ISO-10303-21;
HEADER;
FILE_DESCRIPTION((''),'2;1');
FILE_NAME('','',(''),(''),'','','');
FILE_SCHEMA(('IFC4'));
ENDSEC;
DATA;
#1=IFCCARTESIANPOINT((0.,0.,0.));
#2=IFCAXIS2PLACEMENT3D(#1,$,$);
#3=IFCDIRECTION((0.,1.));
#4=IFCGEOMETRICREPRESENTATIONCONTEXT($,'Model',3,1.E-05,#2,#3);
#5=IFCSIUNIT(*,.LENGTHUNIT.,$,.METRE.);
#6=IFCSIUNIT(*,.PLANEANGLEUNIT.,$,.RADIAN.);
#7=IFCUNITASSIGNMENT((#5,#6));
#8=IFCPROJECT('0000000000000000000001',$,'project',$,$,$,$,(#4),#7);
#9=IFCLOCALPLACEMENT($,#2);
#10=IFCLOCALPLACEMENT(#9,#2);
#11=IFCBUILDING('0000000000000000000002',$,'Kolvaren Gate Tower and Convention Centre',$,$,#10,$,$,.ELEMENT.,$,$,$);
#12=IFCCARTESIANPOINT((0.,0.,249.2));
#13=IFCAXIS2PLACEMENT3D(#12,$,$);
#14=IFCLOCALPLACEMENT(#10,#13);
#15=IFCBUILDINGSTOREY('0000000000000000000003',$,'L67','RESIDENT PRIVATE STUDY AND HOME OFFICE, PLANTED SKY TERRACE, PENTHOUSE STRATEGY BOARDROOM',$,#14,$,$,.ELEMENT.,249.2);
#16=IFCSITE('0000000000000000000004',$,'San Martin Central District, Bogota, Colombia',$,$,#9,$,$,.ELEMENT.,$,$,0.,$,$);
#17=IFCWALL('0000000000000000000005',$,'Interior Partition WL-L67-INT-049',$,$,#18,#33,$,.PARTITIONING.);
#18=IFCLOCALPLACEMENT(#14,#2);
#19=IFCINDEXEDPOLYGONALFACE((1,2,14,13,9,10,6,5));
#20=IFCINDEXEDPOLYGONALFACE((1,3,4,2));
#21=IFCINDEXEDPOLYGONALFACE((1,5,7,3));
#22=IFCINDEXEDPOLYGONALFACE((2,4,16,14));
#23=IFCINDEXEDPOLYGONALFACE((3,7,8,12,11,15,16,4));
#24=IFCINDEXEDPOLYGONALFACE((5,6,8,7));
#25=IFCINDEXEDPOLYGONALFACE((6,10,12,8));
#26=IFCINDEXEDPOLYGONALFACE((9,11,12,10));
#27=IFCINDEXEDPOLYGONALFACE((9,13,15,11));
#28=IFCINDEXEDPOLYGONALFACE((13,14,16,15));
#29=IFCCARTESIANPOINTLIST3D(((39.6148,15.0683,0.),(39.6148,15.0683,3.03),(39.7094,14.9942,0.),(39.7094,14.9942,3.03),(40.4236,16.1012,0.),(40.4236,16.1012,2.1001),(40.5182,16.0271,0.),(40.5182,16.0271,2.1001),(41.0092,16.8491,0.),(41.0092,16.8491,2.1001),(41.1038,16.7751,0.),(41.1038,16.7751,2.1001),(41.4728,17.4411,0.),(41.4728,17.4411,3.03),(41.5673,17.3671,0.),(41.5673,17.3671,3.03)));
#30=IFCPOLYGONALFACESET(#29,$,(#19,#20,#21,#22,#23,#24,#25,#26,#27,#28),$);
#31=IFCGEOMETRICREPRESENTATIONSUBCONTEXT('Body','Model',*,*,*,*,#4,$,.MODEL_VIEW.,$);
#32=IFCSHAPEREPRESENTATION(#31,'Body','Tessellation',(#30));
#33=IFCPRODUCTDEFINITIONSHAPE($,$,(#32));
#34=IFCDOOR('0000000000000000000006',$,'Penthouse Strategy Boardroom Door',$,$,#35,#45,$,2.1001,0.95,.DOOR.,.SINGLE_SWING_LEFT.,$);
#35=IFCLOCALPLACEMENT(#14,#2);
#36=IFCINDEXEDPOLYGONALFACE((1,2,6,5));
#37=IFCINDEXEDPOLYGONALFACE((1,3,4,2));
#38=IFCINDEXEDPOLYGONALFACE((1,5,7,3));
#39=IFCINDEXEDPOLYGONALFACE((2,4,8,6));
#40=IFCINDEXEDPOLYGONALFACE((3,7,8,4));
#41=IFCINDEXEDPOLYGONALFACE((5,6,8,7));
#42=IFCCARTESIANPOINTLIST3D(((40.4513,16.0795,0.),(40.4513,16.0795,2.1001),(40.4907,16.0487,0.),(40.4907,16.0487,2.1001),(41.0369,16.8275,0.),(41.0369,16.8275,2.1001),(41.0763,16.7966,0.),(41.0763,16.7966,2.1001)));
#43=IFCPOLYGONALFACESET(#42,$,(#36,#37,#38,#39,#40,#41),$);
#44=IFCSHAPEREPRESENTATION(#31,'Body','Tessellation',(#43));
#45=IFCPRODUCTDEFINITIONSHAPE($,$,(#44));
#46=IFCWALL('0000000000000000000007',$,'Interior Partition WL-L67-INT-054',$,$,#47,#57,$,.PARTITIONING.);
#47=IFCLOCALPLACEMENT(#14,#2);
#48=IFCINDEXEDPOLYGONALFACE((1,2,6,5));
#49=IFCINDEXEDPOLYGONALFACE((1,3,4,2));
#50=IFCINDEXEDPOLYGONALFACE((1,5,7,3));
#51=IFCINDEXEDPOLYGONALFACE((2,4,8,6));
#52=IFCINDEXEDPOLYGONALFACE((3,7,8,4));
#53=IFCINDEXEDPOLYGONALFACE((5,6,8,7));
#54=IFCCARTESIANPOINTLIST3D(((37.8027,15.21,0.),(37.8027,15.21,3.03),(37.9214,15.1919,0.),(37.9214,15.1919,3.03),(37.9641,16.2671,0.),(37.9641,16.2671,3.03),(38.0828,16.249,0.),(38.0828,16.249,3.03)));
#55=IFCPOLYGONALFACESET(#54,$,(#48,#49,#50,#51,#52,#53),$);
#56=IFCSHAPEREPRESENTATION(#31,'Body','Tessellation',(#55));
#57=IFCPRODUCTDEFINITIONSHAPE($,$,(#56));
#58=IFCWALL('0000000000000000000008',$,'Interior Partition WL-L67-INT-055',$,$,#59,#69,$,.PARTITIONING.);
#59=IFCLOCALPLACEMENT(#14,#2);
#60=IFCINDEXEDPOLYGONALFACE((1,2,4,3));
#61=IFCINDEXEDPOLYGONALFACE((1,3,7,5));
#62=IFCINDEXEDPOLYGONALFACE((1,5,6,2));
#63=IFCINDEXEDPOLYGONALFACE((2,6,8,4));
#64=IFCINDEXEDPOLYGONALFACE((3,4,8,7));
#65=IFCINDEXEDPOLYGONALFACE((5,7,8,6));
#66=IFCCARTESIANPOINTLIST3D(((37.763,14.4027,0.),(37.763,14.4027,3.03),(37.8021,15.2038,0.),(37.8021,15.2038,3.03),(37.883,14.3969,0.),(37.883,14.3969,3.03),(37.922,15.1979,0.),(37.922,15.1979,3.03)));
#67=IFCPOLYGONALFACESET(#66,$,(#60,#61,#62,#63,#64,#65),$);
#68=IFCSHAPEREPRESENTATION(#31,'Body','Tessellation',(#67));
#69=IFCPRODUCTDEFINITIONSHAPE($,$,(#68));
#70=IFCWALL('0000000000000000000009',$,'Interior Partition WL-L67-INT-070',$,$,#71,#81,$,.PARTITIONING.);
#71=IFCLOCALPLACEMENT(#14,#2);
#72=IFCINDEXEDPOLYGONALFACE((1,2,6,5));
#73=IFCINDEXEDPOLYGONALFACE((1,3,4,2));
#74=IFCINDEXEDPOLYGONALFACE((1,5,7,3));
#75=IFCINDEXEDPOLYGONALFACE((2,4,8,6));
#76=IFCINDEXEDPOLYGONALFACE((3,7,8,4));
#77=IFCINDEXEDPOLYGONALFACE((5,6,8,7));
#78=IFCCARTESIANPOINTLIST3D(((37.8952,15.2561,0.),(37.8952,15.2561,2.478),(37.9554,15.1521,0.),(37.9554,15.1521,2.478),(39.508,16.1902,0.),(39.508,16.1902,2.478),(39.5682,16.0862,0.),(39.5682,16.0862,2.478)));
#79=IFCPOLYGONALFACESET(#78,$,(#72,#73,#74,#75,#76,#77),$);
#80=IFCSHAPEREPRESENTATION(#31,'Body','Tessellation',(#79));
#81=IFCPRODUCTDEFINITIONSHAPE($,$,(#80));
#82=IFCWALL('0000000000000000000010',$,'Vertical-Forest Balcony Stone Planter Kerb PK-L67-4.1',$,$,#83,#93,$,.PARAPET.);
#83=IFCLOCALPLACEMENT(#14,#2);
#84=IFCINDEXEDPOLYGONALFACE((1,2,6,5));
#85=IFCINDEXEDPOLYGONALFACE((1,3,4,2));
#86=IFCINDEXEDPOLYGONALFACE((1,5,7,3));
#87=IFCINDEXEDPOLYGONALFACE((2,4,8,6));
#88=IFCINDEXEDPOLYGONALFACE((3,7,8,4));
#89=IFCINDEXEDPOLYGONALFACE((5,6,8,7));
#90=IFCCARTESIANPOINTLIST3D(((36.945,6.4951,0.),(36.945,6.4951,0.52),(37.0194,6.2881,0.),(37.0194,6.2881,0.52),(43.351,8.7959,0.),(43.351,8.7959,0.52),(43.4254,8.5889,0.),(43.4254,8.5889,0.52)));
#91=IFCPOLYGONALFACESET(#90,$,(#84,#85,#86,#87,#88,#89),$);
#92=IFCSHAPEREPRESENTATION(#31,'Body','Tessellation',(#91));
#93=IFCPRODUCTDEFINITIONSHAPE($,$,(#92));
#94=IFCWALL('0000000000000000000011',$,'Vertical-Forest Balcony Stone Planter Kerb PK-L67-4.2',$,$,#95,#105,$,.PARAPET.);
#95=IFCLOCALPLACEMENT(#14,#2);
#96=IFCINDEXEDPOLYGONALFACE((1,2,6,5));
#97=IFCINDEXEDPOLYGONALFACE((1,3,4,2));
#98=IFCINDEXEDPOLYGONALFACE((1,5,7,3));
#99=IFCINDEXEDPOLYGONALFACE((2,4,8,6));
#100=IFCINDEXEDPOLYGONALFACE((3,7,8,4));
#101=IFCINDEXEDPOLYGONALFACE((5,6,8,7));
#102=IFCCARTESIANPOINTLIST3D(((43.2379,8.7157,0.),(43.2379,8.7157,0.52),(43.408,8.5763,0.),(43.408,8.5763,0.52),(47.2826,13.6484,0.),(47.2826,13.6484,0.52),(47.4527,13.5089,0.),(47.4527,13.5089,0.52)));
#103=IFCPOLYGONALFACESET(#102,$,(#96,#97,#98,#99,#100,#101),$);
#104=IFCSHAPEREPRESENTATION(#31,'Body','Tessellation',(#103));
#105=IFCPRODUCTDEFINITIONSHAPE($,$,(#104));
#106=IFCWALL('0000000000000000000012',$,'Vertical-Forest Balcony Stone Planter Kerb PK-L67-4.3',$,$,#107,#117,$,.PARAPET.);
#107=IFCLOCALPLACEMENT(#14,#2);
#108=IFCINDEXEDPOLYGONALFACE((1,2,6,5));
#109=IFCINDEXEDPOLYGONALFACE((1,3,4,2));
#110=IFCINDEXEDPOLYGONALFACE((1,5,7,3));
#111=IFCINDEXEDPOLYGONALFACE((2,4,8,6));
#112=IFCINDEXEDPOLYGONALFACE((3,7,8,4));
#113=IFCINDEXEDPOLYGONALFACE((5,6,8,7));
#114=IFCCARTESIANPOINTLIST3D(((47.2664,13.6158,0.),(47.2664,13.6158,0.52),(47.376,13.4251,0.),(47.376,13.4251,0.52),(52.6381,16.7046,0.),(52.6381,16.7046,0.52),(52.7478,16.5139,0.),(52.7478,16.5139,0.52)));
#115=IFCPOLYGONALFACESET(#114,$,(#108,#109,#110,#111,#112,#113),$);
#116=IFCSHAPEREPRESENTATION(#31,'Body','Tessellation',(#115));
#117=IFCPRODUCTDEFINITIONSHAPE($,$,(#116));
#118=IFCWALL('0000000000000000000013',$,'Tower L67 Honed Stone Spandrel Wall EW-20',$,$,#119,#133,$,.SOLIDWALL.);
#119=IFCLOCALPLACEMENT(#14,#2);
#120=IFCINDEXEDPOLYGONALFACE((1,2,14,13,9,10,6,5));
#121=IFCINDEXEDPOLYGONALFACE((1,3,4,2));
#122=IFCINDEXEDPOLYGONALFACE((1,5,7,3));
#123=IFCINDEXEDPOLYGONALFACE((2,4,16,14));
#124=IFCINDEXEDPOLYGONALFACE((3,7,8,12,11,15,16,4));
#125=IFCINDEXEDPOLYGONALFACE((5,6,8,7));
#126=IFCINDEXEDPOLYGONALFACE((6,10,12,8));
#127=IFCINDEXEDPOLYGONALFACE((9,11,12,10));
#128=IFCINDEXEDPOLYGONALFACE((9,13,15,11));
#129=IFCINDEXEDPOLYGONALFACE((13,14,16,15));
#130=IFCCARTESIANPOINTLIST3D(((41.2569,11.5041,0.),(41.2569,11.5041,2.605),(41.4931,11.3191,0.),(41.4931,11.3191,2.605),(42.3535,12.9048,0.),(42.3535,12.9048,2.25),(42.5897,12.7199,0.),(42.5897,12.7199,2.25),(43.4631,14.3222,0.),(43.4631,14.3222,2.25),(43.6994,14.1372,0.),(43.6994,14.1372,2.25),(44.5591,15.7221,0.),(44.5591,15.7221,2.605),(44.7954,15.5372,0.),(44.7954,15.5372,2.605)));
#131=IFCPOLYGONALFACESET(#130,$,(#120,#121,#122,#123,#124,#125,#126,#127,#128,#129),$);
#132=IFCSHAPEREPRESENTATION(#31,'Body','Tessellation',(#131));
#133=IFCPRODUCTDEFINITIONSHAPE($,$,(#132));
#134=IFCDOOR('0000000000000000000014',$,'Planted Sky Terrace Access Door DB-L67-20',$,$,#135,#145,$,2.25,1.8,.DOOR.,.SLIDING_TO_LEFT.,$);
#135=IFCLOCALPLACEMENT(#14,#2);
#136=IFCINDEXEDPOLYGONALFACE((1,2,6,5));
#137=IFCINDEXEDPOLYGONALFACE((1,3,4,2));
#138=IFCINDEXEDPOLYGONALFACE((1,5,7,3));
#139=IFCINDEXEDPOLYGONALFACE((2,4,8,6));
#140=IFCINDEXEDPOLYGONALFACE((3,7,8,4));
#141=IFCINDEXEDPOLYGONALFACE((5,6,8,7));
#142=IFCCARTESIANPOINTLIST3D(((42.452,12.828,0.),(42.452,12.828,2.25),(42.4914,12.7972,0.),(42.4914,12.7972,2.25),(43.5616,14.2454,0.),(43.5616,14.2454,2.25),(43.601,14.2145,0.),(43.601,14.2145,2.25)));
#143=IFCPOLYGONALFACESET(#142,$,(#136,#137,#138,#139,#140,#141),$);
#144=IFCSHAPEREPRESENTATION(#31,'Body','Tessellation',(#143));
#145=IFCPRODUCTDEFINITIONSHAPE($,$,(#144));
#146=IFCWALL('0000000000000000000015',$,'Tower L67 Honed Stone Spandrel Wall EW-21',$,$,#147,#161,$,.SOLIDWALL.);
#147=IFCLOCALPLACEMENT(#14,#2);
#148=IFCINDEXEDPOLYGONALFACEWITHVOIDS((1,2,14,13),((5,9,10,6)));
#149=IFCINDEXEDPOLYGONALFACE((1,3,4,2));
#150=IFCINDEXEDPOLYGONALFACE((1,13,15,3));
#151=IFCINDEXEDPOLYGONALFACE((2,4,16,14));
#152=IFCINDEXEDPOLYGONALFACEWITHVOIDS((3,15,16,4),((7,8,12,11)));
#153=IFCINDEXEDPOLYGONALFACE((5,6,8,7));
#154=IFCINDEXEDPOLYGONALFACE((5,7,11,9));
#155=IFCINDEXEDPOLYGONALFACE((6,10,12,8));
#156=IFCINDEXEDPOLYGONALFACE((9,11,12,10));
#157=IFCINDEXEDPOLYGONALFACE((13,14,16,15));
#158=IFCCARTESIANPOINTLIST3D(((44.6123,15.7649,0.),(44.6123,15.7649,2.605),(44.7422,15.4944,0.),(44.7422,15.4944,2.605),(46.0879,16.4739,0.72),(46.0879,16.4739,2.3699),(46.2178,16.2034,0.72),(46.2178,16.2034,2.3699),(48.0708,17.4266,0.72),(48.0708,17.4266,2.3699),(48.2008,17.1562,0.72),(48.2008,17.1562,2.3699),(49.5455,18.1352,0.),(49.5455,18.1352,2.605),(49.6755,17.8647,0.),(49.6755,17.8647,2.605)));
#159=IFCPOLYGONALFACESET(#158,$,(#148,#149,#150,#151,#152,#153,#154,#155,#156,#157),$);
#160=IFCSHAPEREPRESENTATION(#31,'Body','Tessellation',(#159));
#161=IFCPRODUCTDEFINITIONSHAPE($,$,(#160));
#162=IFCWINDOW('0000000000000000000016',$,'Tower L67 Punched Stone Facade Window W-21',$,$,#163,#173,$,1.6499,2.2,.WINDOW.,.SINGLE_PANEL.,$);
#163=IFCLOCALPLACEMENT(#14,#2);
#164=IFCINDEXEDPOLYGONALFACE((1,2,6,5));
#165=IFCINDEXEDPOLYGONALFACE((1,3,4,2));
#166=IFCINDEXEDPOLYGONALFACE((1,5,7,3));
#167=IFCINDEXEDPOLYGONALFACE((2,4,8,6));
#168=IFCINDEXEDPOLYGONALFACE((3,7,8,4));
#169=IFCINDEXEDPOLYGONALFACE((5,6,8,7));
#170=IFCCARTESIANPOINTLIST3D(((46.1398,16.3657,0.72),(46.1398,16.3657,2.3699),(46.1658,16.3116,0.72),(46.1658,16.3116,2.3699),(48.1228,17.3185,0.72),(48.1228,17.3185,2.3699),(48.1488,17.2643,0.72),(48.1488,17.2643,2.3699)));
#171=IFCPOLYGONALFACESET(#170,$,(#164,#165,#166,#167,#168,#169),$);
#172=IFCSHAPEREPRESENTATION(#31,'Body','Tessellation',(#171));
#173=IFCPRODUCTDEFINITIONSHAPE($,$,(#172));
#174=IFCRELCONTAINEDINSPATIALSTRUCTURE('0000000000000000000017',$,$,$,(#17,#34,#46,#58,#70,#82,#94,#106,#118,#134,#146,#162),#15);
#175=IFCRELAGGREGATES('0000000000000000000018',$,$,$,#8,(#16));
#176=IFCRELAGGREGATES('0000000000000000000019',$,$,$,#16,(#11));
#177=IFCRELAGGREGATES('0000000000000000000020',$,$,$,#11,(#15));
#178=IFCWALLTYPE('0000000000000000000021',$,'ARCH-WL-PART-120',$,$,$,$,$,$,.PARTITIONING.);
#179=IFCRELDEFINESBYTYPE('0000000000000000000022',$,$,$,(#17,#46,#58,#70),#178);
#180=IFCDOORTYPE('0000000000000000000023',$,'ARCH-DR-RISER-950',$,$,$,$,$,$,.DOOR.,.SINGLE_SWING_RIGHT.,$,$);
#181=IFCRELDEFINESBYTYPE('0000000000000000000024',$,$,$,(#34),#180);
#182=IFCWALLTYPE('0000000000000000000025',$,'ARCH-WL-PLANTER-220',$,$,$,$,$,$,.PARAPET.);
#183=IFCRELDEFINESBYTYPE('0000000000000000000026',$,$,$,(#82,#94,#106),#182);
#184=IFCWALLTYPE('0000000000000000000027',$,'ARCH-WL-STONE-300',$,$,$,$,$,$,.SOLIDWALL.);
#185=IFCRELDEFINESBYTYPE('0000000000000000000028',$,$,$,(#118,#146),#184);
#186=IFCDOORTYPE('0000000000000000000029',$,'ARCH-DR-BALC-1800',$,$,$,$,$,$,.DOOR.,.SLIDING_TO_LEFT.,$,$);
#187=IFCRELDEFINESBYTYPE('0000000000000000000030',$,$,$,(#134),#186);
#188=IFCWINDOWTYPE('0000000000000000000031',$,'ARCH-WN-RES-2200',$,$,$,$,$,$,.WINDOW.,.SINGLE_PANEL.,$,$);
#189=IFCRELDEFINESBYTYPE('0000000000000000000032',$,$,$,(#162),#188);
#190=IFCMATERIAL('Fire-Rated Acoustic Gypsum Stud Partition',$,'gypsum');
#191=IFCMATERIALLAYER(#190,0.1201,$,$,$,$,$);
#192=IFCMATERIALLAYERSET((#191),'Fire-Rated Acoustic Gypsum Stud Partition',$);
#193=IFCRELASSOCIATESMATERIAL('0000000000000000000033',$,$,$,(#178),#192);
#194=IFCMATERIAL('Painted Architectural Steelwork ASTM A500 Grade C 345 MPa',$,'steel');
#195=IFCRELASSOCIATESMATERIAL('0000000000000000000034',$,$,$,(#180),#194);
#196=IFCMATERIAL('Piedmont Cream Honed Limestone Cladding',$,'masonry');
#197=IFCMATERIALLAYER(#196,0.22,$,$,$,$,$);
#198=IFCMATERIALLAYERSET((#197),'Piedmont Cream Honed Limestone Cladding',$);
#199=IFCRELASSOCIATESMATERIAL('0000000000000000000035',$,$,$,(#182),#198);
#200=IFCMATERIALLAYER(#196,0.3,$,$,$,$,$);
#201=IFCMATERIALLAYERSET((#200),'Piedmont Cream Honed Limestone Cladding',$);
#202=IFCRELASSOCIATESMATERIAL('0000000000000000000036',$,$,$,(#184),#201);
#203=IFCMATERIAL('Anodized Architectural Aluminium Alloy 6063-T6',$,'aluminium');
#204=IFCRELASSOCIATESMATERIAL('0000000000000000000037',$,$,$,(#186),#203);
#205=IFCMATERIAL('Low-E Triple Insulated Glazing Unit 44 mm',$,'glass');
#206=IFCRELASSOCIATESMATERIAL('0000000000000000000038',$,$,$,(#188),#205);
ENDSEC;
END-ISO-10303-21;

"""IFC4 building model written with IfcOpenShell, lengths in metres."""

from ifc_helpers import new_model, si_unit, direction, frame, frame_2d, origin, place, context, subcontext, project, spatial, rectangle, extrude, material, layer, layer_set, type_object, element, fill, save


model = new_model("IFC4")

# Units and contexts
model_context = context("Model", 3, precision=1e-05, world=origin(), true_north=direction((0.0, 1.0)))
body_context = subcontext(model_context, "Body", "Model", "MODEL_VIEW")
ifc_project = project(units=[si_unit("LENGTHUNIT", "METRE"), si_unit("PLANEANGLEUNIT", "RADIAN")], contexts=[model_context])

# Site, building, storey
site_placement = place(None, origin())
site = spatial("IfcSite", under=ifc_project, at=site_placement, Name="San Martin Central District, Bogota, Colombia", CompositionType="ELEMENT", RefElevation=0.0)
building_placement = place(site_placement, origin())
building = spatial("IfcBuilding", under=site, at=building_placement, Name="Kolvaren Gate Tower and Convention Centre", CompositionType="ELEMENT")
storey_placement = place(building_placement, frame((0.0, 0.0, 249.2)))
storey = spatial("IfcBuildingStorey", under=building, at=storey_placement, Name="L67", Description="RESIDENT PRIVATE STUDY AND HOME OFFICE, PLANTED SKY TERRACE, PENTHOUSE STRATEGY BOARDROOM", CompositionType="ELEMENT", Elevation=249.2)

# Shared definitions
ifc_material_1 = material(Name="Fire-Rated Acoustic Gypsum Stud Partition", Category="gypsum")
ifc_layer_1 = layer(ifc_material_1, 0.1201)
ifc_layer_set_1 = layer_set([ifc_layer_1], Name="Fire-Rated Acoustic Gypsum Stud Partition")
wall_type_1 = type_object("IfcWallType", Name="ARCH-WL-PART-120", PredefinedType="PARTITIONING", material=ifc_layer_set_1)

# Wall, opening, door
wall_1_placement = place(storey_placement, frame((39.6621, 15.0312, 0.0), z_axis=(0.0, 0.0, 1.0), x_axis=(0.6165, 0.787355, 0.0)))
wall_1 = element("IfcWall", 1, at=wall_1_placement, inside=storey, type_object=wall_type_1, Name="Interior Partition WL-L67-INT-049", PredefinedType="PARTITIONING", context=body_context, shape_type="SweptSolid", body=[
    extrude(rectangle(XDim=3.0137, YDim=0.1201, at=frame_2d((1.5068, 0.0))), origin(), (0.0, 0.0, 1.0), 3.03),
])
opening_1_placement = place(wall_1_placement, frame((1.3118, 0.0, 0.0)))
opening_1 = element("IfcOpeningElement", 2, at=opening_1_placement, cuts=wall_1, PredefinedType="OPENING", context=body_context, shape_type="SweptSolid", body=[
    extrude(rectangle(XDim=0.95, YDim=2.1001, at=frame_2d((0.4751, 1.05))), frame((0.0, 0.0701, 0.0), z_axis=(0.0, -1.0, 0.0), x_axis=(1.0, 0.0, 0.0)), (0.0, 0.0, 1.0), 0.1401),
])
ifc_material_2 = material(Name="Painted Architectural Steelwork ASTM A500 Grade C 345 MPa", Category="steel")
door_type_1 = type_object("IfcDoorType", Name="ARCH-DR-RISER-950", OperationType="SINGLE_SWING_RIGHT", PredefinedType="DOOR", material=ifc_material_2)
door_1_placement = place(opening_1_placement, origin())
door_1 = element("IfcDoor", 3, at=door_1_placement, inside=storey, type_object=door_type_1, Name="Penthouse Strategy Boardroom Door", OperationType="SINGLE_SWING_LEFT", OverallHeight=2.1001, OverallWidth=0.95, PredefinedType="DOOR", context=body_context, shape_type="SweptSolid", body=[
    extrude(rectangle(XDim=0.95, YDim=2.1001, at=frame_2d((0.4751, 1.05))), frame((0.0, 0.0249, 0.0), z_axis=(0.0, -1.0, 0.0), x_axis=(1.0, 0.0, 0.0)), (0.0, 0.0, 1.0), 0.05),
])
fill(opening_1, door_1)

# Walls
wall_2_placement = place(storey_placement, frame((37.8621, 15.2009, 0.0), z_axis=(0.0, 0.0, 1.0), x_axis=(0.150908, 0.988548, 0.0)))
element("IfcWall", 4, at=wall_2_placement, inside=storey, type_object=wall_type_1, Name="Interior Partition WL-L67-INT-054", PredefinedType="PARTITIONING", context=body_context, shape_type="SweptSolid", body=[
    extrude(rectangle(XDim=1.0693, YDim=0.1201, at=frame_2d((0.5347, 0.0))), origin(), (0.0, 0.0, 1.0), 3.03),
])
wall_3_placement = place(storey_placement, frame((37.823, 14.3999, 0.0), z_axis=(0.0, 0.0, 1.0), x_axis=(0.048708, 0.998813, 0.0)))
element("IfcWall", 5, at=wall_3_placement, inside=storey, type_object=wall_type_1, Name="Interior Partition WL-L67-INT-055", PredefinedType="PARTITIONING", context=body_context, shape_type="SweptSolid", body=[
    extrude(rectangle(XDim=0.802, YDim=0.1201, at=frame_2d((0.4009, 0.0))), origin(), (0.0, 0.0, 1.0), 3.03),
])
wall_4_placement = place(storey_placement, frame((37.9253, 15.2041, 0.0), z_axis=(0.0, 0.0, 1.0), x_axis=(0.865343, 0.501181, 0.0)))
element("IfcWall", 6, at=wall_4_placement, inside=storey, type_object=wall_type_1, Name="Interior Partition WL-L67-INT-070", PredefinedType="PARTITIONING", context=body_context, shape_type="SweptSolid", body=[
    extrude(rectangle(XDim=1.8638, YDim=0.1201, at=frame_2d((0.9319, 0.0))), origin(), (0.0, 0.0, 1.0), 2.478),
])
ifc_material_3 = material(Name="Piedmont Cream Honed Limestone Cladding", Category="masonry")
ifc_layer_2 = layer(ifc_material_3, 0.22)
ifc_layer_set_2 = layer_set([ifc_layer_2], Name="Piedmont Cream Honed Limestone Cladding")
wall_type_2 = type_object("IfcWallType", Name="ARCH-WL-PLANTER-220", PredefinedType="PARAPET", material=ifc_layer_set_2)
wall_5_placement = place(storey_placement, frame((36.9822, 6.3916, 0.0), z_axis=(0.0, 0.0, 1.0), x_axis=(0.941139, 0.33802, 0.0)))
element("IfcWall", 7, at=wall_5_placement, inside=storey, type_object=wall_type_2, Name="Vertical-Forest Balcony Stone Planter Kerb PK-L67-4.1", PredefinedType="PARAPET", context=body_context, shape_type="SweptSolid", body=[
    extrude(rectangle(XDim=6.8066, YDim=0.22, at=frame_2d((3.4033, 0.0))), origin(), (0.0, 0.0, 1.0), 0.52),
])
wall_6_placement = place(storey_placement, frame((43.323, 8.646, 0.0), z_axis=(0.0, 0.0, 1.0), x_axis=(0.634073, 0.773273, 0.0)))
element("IfcWall", 8, at=wall_6_placement, inside=storey, type_object=wall_type_2, Name="Vertical-Forest Balcony Stone Planter Kerb PK-L67-4.2", PredefinedType="PARAPET", context=body_context, shape_type="SweptSolid", body=[
    extrude(rectangle(XDim=6.3789, YDim=0.22, at=frame_2d((3.1895, 0.0))), origin(), (0.0, 0.0, 1.0), 0.52),
])
wall_7_placement = place(storey_placement, frame((47.3213, 13.5205, 0.0), z_axis=(0.0, 0.0, 1.0), x_axis=(0.866902, 0.498479, 0.0)))
element("IfcWall", 9, at=wall_7_placement, inside=storey, type_object=wall_type_2, Name="Vertical-Forest Balcony Stone Planter Kerb PK-L67-4.3", PredefinedType="PARAPET", context=body_context, shape_type="SweptSolid", body=[
    extrude(rectangle(XDim=6.1965, YDim=0.22, at=frame_2d((3.0981, 0.0))), origin(), (0.0, 0.0, 1.0), 0.52),
])

# Wall, opening, door
ifc_layer_3 = layer(ifc_material_3, 0.3)
ifc_layer_set_3 = layer_set([ifc_layer_3], Name="Piedmont Cream Honed Limestone Cladding")
wall_type_3 = type_object("IfcWallType", Name="ARCH-WL-STONE-300", PredefinedType="SOLIDWALL", material=ifc_layer_set_3)
wall_8_placement = place(storey_placement, frame((41.375, 11.4116, 0.0), z_axis=(0.0, 0.0, 1.0), x_axis=(0.616446, 0.787397, 0.0)))
wall_8 = element("IfcWall", 10, at=wall_8_placement, inside=storey, type_object=wall_type_3, Name="Tower L67 Honed Stone Spandrel Wall EW-20", PredefinedType="SOLIDWALL", context=body_context, shape_type="SweptSolid", body=[
    extrude(rectangle(XDim=5.3569, YDim=0.3, at=frame_2d((2.6785, 0.0))), origin(), (0.0, 0.0, 1.0), 2.605),
])
opening_2_placement = place(wall_8_placement, frame((1.7791, 0.0, 0.0)))
opening_2 = element("IfcOpeningElement", 11, at=opening_2_placement, cuts=wall_8, PredefinedType="OPENING", context=body_context, shape_type="SweptSolid", body=[
    extrude(rectangle(XDim=1.8, YDim=2.25, at=frame_2d((0.8999, 1.125))), frame((0.0, 0.1599, 0.0), z_axis=(0.0, -1.0, 0.0), x_axis=(1.0, 0.0, 0.0)), (0.0, 0.0, 1.0), 0.3201),
])
ifc_material_4 = material(Name="Anodized Architectural Aluminium Alloy 6063-T6", Category="aluminium")
door_type_2 = type_object("IfcDoorType", Name="ARCH-DR-BALC-1800", OperationType="SLIDING_TO_LEFT", PredefinedType="DOOR", material=ifc_material_4)
door_2_placement = place(opening_2_placement, frame((1.8, 0.0, 0.0), z_axis=(0.0, 0.0, 1.0), x_axis=(-1.0, 0.0, 0.0)))
door_2 = element("IfcDoor", 12, at=door_2_placement, inside=storey, type_object=door_type_2, Name="Planted Sky Terrace Access Door DB-L67-20", OperationType="SLIDING_TO_LEFT", OverallHeight=2.25, OverallWidth=1.8, PredefinedType="DOOR", context=body_context, shape_type="SweptSolid", body=[
    extrude(rectangle(XDim=1.8, YDim=2.25, at=frame_2d((0.8999, 1.125))), frame((0.0, 0.0249, 0.0), z_axis=(0.0, -1.0, 0.0), x_axis=(1.0, 0.0, 0.0)), (0.0, 0.0, 1.0), 0.05),
])
fill(opening_2, door_2)

# Wall, opening, window
wall_9_placement = place(storey_placement, frame((44.6772, 15.6296, 0.0), z_axis=(0.0, 0.0, 1.0), x_axis=(0.901355, 0.433081, 0.0)))
wall_9 = element("IfcWall", 13, at=wall_9_placement, inside=storey, type_object=wall_type_3, Name="Tower L67 Honed Stone Spandrel Wall EW-21", PredefinedType="SOLIDWALL", context=body_context, shape_type="SweptSolid", body=[
    extrude(rectangle(XDim=5.4731, YDim=0.3, at=frame_2d((2.7366, 0.0))), origin(), (0.0, 0.0, 1.0), 2.605),
])
opening_3_placement = place(wall_9_placement, frame((1.637, 0.0, 0.72)))
opening_3 = element("IfcOpeningElement", 14, at=opening_3_placement, cuts=wall_9, PredefinedType="OPENING", context=body_context, shape_type="SweptSolid", body=[
    extrude(rectangle(XDim=2.2, YDim=1.6499, at=frame_2d((1.1001, 0.825))), frame((0.0, 0.1599, 0.0), z_axis=(0.0, -1.0, 0.0), x_axis=(1.0, 0.0, 0.0)), (0.0, 0.0, 1.0), 0.3201),
])
ifc_material_5 = material(Name="Low-E Triple Insulated Glazing Unit 44 mm", Category="glass")
window_type = type_object("IfcWindowType", Name="ARCH-WN-RES-2200", PartitioningType="SINGLE_PANEL", PredefinedType="WINDOW", material=ifc_material_5)
window_placement = place(opening_3_placement, origin())
window = element("IfcWindow", 15, at=window_placement, inside=storey, type_object=window_type, Name="Tower L67 Punched Stone Facade Window W-21", OverallHeight=1.6499, OverallWidth=2.2, PartitioningType="SINGLE_PANEL", PredefinedType="WINDOW", context=body_context, shape_type="SweptSolid", body=[
    extrude(rectangle(XDim=2.2, YDim=1.6499, at=frame_2d((1.1001, 0.825))), frame((0.0, 0.03, 0.0), z_axis=(0.0, -1.0, 0.0), x_axis=(1.0, 0.0, 0.0)), (0.0, 0.0, 1.0), 0.0601),
])
fill(opening_3, window)

save(model, "model.ifc")
